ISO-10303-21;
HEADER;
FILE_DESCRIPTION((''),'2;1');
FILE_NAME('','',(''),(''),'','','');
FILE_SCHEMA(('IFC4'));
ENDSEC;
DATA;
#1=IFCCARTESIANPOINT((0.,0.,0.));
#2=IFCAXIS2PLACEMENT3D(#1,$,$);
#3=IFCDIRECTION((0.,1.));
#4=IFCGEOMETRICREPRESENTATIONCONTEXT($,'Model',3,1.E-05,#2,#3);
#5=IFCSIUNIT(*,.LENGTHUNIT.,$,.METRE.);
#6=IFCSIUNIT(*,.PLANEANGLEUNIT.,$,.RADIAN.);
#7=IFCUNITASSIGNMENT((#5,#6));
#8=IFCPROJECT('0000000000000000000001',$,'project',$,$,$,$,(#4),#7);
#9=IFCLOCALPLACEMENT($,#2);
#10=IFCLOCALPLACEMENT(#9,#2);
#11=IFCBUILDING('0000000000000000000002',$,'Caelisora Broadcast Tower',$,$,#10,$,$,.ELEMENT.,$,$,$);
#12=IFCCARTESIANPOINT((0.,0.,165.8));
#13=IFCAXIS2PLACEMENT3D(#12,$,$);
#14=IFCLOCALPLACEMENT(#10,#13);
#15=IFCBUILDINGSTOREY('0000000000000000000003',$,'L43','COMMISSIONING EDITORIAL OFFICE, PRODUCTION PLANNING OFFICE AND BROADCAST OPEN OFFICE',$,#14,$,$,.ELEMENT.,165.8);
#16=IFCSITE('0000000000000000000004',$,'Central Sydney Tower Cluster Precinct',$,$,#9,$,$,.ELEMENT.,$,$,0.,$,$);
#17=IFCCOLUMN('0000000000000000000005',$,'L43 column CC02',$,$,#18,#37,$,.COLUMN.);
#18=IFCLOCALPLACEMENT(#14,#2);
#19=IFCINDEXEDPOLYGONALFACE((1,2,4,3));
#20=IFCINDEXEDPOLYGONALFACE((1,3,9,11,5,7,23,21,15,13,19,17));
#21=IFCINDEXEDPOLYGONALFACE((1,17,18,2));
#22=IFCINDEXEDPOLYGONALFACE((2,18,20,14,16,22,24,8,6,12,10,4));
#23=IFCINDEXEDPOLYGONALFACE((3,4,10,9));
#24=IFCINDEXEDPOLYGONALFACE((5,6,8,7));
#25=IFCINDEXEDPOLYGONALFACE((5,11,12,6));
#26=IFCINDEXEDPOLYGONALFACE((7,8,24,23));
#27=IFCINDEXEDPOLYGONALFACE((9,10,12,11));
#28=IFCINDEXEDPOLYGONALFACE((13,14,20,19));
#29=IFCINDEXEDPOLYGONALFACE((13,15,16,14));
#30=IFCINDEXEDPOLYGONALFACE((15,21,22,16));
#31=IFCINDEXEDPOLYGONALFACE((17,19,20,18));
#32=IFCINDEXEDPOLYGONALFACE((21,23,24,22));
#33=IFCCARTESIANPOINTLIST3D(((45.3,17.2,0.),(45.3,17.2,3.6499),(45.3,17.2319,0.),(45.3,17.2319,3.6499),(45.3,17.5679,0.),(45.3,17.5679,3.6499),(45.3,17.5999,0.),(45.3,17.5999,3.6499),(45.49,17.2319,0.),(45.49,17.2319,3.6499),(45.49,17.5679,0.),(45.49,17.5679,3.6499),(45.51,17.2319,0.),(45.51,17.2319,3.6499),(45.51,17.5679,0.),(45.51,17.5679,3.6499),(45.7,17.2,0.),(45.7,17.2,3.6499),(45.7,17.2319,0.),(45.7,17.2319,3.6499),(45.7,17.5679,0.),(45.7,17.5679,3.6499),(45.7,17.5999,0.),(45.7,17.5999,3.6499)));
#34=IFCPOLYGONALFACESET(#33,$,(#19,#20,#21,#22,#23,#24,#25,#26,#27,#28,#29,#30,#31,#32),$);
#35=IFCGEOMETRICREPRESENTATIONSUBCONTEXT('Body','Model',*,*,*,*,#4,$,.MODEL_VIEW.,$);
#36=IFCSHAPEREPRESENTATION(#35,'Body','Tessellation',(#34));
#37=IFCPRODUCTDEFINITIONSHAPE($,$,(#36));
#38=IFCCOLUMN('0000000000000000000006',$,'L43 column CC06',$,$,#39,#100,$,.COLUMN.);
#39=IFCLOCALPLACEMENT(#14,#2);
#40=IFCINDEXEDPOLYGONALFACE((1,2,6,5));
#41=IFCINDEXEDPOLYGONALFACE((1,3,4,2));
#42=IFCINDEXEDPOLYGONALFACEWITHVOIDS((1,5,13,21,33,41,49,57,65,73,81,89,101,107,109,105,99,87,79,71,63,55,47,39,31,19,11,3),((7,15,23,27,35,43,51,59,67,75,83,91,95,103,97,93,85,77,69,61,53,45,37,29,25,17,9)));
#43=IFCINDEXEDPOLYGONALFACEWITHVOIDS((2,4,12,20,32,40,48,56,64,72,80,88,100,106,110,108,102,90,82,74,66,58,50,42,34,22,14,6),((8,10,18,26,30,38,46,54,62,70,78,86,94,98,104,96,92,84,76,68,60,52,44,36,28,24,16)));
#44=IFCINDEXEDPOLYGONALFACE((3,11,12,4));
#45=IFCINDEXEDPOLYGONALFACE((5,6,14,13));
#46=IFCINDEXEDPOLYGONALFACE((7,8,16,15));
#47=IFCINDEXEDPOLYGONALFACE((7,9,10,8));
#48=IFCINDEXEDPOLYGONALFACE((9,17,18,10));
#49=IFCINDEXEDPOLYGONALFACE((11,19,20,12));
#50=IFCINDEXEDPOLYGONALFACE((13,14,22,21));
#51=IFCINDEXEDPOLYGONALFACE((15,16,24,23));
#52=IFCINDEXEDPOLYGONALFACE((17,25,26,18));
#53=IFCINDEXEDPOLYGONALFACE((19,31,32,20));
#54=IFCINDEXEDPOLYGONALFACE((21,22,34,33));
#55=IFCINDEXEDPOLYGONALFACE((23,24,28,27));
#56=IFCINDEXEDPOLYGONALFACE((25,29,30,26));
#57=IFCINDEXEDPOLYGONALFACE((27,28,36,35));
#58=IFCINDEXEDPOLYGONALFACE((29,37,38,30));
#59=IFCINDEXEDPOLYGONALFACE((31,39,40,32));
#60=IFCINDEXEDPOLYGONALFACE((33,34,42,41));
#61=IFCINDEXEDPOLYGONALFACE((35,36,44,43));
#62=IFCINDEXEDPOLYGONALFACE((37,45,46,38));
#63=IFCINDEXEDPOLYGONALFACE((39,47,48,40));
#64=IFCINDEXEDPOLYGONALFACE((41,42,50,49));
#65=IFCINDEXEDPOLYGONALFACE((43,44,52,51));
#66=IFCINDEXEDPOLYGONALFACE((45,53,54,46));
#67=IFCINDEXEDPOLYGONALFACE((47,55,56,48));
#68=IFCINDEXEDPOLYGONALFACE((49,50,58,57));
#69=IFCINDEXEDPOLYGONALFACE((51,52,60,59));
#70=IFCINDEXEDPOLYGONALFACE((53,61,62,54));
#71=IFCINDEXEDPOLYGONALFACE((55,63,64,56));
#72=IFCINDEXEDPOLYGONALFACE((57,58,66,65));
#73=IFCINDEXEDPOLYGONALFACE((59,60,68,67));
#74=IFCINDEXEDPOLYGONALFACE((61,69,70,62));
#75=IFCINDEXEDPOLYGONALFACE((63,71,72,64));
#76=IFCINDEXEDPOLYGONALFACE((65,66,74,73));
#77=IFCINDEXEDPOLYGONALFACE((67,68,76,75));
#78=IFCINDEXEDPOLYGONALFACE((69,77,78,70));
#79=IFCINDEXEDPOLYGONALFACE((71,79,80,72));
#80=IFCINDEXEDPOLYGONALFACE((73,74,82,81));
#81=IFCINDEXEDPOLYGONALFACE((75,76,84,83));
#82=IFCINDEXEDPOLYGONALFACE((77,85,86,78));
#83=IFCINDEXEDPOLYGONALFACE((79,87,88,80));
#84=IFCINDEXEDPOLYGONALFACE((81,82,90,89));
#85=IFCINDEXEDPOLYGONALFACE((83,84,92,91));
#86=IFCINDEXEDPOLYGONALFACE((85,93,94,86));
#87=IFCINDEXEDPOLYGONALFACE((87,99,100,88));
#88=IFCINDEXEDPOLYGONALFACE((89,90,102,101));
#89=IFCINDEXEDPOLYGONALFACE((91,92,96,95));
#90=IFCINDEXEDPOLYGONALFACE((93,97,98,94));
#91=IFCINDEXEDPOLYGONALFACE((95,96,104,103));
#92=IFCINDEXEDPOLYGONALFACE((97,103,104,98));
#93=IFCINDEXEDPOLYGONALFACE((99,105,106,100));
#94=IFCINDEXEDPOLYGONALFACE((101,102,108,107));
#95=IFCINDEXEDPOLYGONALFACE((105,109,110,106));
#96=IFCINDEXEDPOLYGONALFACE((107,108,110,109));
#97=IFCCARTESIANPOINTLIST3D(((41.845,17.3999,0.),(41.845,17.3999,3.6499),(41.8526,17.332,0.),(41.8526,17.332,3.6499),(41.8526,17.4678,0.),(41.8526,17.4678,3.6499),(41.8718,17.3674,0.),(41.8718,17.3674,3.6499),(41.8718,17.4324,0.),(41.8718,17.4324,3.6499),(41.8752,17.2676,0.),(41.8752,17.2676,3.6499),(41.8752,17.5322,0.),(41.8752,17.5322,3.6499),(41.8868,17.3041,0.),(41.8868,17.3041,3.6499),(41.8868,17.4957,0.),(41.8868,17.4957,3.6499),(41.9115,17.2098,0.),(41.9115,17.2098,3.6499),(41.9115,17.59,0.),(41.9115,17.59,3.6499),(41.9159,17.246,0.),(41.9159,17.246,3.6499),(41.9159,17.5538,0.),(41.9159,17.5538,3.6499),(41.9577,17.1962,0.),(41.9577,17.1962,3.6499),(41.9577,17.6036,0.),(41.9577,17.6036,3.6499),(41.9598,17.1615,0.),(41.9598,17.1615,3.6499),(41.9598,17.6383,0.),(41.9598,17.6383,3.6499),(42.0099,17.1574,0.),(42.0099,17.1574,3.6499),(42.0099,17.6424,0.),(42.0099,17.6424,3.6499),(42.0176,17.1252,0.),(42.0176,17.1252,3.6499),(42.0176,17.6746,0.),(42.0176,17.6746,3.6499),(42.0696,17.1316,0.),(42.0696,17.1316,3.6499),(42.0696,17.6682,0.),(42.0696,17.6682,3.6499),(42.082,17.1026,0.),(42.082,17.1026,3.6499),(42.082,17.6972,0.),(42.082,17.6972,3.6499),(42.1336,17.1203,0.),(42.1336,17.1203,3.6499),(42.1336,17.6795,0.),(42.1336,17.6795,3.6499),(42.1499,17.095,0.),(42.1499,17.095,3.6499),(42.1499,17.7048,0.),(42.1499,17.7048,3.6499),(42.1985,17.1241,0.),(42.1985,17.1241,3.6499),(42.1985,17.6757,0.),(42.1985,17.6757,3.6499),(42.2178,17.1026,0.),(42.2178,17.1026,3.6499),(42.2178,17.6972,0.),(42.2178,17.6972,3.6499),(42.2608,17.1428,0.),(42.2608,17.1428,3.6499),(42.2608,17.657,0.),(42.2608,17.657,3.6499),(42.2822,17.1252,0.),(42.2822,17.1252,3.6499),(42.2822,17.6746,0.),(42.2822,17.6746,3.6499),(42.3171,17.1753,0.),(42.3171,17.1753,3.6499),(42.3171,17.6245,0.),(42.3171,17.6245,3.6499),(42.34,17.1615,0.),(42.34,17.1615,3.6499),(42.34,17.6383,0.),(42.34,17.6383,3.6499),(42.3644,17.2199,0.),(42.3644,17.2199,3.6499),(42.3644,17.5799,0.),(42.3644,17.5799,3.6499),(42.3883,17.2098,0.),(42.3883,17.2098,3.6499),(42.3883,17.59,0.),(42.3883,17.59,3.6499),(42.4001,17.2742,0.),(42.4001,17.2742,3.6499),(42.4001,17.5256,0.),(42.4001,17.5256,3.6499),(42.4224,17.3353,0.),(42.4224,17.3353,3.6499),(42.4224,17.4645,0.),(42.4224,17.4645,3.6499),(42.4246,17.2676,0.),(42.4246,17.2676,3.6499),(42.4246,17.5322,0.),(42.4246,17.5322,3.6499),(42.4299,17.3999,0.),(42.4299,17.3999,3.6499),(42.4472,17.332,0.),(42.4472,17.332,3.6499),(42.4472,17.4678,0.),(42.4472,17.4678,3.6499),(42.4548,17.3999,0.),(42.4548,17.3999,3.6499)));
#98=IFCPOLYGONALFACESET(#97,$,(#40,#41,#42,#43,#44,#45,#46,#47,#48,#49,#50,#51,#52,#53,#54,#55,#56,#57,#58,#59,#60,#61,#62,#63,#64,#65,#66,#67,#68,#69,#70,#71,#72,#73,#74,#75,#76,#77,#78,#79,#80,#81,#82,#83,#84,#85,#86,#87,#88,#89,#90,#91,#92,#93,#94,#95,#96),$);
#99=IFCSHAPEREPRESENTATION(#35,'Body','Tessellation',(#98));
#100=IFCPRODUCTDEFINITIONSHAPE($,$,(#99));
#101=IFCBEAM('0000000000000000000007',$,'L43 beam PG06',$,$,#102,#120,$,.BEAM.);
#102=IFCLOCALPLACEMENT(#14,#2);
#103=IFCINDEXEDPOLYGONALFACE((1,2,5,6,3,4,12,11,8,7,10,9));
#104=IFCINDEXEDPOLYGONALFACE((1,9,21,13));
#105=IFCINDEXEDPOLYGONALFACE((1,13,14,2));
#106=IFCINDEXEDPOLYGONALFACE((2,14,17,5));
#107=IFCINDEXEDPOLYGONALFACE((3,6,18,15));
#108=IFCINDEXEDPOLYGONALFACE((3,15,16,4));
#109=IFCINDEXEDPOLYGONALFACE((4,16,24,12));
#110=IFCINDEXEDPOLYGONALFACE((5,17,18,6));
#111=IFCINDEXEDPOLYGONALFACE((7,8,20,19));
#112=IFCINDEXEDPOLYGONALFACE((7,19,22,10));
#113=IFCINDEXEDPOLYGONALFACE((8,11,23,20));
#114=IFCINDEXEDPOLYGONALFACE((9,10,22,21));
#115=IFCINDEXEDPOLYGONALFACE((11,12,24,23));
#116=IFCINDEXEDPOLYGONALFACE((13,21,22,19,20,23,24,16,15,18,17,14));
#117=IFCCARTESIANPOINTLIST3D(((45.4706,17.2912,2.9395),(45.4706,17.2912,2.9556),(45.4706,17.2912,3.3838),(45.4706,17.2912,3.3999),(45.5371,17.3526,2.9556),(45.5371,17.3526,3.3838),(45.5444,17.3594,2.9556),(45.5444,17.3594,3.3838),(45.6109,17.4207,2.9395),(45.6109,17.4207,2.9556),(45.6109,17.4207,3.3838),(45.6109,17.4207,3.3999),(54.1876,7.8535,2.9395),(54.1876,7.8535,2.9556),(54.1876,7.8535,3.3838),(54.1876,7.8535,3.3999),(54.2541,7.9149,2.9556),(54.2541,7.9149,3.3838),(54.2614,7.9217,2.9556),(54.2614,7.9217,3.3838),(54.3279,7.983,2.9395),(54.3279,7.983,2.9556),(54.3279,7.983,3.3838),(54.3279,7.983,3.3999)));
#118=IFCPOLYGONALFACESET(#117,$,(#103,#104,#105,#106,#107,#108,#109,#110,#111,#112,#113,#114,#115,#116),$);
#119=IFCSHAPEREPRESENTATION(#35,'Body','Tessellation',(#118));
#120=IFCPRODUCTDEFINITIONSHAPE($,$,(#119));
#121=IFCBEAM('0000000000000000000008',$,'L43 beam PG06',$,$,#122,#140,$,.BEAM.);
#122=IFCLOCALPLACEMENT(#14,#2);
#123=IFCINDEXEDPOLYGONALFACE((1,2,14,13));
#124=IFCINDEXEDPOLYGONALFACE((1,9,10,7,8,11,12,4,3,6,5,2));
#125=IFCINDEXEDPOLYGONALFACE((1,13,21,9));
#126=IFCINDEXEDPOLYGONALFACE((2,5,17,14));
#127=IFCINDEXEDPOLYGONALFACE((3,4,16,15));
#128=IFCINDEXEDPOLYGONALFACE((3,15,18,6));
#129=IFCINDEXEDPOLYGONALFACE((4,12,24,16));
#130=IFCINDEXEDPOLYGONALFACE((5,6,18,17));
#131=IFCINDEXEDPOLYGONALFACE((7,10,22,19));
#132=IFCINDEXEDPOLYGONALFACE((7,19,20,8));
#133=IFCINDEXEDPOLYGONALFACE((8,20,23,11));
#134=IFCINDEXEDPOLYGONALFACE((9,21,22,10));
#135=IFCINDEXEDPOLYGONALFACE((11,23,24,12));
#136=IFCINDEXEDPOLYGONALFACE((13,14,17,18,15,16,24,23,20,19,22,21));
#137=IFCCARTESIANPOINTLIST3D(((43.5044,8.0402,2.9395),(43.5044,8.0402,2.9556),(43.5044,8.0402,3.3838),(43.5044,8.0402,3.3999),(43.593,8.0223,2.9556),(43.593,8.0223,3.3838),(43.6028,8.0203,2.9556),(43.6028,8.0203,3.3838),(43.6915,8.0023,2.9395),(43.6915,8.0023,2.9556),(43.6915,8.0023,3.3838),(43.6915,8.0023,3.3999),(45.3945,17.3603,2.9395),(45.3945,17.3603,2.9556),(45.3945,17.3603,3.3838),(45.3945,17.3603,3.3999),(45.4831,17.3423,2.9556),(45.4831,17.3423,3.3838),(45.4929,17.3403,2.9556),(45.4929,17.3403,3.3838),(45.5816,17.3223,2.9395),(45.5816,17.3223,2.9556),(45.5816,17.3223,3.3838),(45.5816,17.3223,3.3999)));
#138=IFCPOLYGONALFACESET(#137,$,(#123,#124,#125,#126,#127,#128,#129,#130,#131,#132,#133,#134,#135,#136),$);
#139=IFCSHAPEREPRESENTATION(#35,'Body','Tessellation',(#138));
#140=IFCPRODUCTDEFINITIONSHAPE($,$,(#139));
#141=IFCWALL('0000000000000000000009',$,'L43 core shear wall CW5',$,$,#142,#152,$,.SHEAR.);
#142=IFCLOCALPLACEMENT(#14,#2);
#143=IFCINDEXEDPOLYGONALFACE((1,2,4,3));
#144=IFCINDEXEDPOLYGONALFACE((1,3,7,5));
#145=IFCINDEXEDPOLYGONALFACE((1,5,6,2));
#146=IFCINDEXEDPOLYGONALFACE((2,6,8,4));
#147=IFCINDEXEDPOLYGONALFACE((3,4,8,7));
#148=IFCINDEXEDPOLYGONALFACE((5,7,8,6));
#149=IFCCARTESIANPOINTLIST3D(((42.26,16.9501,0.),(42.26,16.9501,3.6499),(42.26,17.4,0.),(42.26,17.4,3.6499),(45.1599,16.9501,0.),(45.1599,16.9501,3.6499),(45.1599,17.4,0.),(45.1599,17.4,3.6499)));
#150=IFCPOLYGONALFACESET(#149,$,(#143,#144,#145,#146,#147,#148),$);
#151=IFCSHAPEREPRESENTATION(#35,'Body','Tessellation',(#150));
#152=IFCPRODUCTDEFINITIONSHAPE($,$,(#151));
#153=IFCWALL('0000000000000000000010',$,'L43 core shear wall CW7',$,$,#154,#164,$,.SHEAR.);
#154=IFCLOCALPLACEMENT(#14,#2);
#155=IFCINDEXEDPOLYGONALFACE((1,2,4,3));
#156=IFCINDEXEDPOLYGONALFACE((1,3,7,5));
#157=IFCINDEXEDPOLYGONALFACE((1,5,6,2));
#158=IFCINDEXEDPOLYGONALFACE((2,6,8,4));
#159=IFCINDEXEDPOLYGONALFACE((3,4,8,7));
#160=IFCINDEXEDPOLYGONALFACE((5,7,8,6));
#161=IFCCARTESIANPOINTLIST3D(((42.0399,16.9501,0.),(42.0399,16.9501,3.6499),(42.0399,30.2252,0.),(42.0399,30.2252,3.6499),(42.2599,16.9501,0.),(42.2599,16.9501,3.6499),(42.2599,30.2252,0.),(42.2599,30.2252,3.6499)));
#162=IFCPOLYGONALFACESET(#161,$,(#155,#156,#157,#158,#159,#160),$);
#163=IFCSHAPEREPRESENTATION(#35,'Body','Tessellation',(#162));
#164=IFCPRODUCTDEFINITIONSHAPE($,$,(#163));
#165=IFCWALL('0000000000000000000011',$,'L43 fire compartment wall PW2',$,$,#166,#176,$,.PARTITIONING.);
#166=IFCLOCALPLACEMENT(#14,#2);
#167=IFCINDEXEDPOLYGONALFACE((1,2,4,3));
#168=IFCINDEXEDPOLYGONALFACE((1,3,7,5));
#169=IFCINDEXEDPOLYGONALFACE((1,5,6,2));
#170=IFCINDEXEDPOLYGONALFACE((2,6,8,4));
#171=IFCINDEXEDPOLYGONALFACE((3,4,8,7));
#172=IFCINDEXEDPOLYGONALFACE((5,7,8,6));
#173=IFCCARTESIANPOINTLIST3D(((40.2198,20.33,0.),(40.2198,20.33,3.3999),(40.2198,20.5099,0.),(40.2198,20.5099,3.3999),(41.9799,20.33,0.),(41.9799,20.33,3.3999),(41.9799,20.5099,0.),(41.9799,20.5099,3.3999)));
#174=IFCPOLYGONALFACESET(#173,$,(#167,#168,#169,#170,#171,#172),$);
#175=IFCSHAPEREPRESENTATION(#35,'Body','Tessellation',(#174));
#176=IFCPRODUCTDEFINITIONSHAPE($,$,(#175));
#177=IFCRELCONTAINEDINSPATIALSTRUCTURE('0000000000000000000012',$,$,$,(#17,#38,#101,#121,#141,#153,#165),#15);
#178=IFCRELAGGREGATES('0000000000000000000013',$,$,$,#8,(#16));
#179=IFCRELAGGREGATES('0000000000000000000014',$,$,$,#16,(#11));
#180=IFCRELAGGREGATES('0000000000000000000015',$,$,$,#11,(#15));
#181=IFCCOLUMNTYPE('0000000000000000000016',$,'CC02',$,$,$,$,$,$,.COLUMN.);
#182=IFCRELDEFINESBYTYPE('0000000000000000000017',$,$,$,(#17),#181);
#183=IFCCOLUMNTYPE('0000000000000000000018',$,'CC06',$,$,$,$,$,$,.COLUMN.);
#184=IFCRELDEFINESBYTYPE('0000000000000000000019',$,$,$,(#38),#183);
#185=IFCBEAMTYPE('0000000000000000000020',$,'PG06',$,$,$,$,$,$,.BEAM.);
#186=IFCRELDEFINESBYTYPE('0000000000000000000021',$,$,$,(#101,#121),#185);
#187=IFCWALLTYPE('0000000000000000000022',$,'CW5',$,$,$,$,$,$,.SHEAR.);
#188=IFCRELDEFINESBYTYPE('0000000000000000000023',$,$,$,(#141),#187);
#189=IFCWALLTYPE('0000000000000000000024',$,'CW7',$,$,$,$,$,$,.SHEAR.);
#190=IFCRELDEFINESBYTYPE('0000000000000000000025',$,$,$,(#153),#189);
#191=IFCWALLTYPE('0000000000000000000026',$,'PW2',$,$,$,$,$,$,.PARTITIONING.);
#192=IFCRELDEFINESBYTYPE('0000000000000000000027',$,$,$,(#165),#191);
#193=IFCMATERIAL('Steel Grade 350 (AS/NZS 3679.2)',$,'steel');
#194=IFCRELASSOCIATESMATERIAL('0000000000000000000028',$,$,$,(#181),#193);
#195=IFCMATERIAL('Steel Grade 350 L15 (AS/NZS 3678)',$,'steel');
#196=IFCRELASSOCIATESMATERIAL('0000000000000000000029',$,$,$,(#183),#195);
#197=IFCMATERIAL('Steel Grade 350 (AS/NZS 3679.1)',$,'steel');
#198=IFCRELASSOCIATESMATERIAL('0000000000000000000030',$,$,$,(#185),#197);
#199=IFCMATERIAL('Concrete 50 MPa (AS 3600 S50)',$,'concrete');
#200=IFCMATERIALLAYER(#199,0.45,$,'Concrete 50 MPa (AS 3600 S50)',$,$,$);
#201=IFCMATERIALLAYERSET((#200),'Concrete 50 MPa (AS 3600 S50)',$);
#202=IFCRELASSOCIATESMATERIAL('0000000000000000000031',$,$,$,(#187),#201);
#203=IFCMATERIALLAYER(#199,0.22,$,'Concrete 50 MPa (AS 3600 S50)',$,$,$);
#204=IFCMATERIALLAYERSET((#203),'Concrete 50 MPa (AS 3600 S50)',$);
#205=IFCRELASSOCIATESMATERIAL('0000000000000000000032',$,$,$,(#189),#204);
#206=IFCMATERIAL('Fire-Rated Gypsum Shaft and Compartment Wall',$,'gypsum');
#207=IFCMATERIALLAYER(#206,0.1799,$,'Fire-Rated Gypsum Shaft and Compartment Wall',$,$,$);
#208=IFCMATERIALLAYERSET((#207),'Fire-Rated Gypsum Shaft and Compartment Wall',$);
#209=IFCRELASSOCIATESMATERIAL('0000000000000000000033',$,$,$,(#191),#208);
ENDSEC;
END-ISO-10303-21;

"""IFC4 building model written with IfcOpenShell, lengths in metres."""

from ifc_helpers import new_model, si_unit, direction, frame, frame_2d, origin, origin_2d, place, context, subcontext, project, spatial, rectangle, hollow_circle, i_section, extrude, source, transform, mapped, material, layer, layer_set, material_profile, profile_set, type_object, type_shapes, element, save


model = new_model("IFC4")

# Units and contexts
model_context = context("Model", 3, precision=1e-05, world=origin(), true_north=direction((0.0, 1.0)))
body_context = subcontext(model_context, "Body", "Model", "MODEL_VIEW")
ifc_project = project(units=[si_unit("LENGTHUNIT", "METRE"), si_unit("PLANEANGLEUNIT", "RADIAN")], contexts=[model_context])

# Site, building, storey
site_placement = place(None, origin())
site = spatial("IfcSite", under=ifc_project, at=site_placement, Name="Central Sydney Tower Cluster Precinct", CompositionType="ELEMENT", RefElevation=0.0)
building_placement = place(site_placement, origin())
building = spatial("IfcBuilding", under=site, at=building_placement, Name="Caelisora Broadcast Tower", CompositionType="ELEMENT")
storey_placement = place(building_placement, frame((0.0, 0.0, 165.8)))
storey = spatial("IfcBuildingStorey", under=building, at=storey_placement, Name="L43", Description="COMMISSIONING EDITORIAL OFFICE, PRODUCTION PLANNING OFFICE AND BROADCAST OPEN OFFICE", CompositionType="ELEMENT", Elevation=165.8)

# Columns
ifc_material_1 = material(Name="Steel Grade 350 (AS/NZS 3679.2)", Category="steel")
ifc_material_profile_1 = material_profile(ifc_material_1, i_section(OverallWidth=0.3999, OverallDepth=0.3999, WebThickness=0.02, FlangeThickness=0.032, at=origin_2d()), Name="Steel Grade 350 (AS/NZS 3679.2)")
ifc_profile_set_1 = profile_set([ifc_material_profile_1], Name="Steel Grade 350 (AS/NZS 3679.2)")
column_type_1 = type_object("IfcColumnType", Name="CC02", PredefinedType="COLUMN", material=ifc_profile_set_1)
shared_shape_1 = source(origin(), body_context, "Body", "SweptSolid", [
    extrude(i_section(OverallWidth=0.3999, OverallDepth=0.3999, WebThickness=0.02, FlangeThickness=0.032, at=origin_2d()), origin(), (0.0, 0.0, 1.0), 3.6499),
])
type_shapes(column_type_1, [shared_shape_1])
column_1_placement = place(storey_placement, frame((45.5, 17.3999, 0.0), z_axis=(0.0, 0.0, 1.0), x_axis=(1.0, 0.0, 0.0)))
element("IfcColumn", 1, at=column_1_placement, inside=storey, type_object=column_type_1, Name="L43 column CC02", PredefinedType="COLUMN", context=body_context, shape_type="MappedRepresentation", body=[
    mapped(shared_shape_1, transform((0.0, 0.0, 0.0), scale=1.0)),
])
ifc_material_2 = material(Name="Steel Grade 350 L15 (AS/NZS 3678)", Category="steel")
ifc_material_profile_2 = material_profile(ifc_material_2, hollow_circle(Radius=0.3049, WallThickness=0.0249, at=origin_2d()), Name="Steel Grade 350 L15 (AS/NZS 3678)")
ifc_profile_set_2 = profile_set([ifc_material_profile_2], Name="Steel Grade 350 L15 (AS/NZS 3678)")
column_type_2 = type_object("IfcColumnType", Name="CC06", PredefinedType="COLUMN", material=ifc_profile_set_2)
shared_shape_2 = source(origin(), body_context, "Body", "SweptSolid", [
    extrude(hollow_circle(Radius=0.3049, WallThickness=0.0249, at=origin_2d()), origin(), (0.0, 0.0, 1.0), 3.6499),
])
type_shapes(column_type_2, [shared_shape_2])
column_2_placement = place(storey_placement, frame((42.1499, 17.3999, 0.0), z_axis=(0.0, 0.0, 1.0), x_axis=(1.0, 0.0, 0.0)))
element("IfcColumn", 2, at=column_2_placement, inside=storey, type_object=column_type_2, Name="L43 column CC06", PredefinedType="COLUMN", context=body_context, shape_type="MappedRepresentation", body=[
    mapped(shared_shape_2, transform((0.0, 0.0, 0.0), scale=1.0)),
])

# Beams
ifc_material_3 = material(Name="Steel Grade 350 (AS/NZS 3679.1)", Category="steel")
ifc_material_profile_3 = material_profile(ifc_material_3, i_section(OverallWidth=0.1909, OverallDepth=0.4604, WebThickness=0.01, FlangeThickness=0.0161, at=origin_2d()), Name="Steel Grade 350 (AS/NZS 3679.1)")
ifc_profile_set_3 = profile_set([ifc_material_profile_3], Name="Steel Grade 350 (AS/NZS 3679.1)")
beam_type = type_object("IfcBeamType", Name="PG06", PredefinedType="BEAM", material=ifc_profile_set_3)
shared_shape_3 = source(origin(), body_context, "Body", "SweptSolid", [
    extrude(i_section(OverallWidth=0.1909, OverallDepth=0.4604, WebThickness=0.01, FlangeThickness=0.0161, at=origin_2d()), origin(), (0.0, 0.0, 1.0), 12.8474),
])
beam_1_placement = place(storey_placement, frame((45.5408, 17.356, 3.1697), z_axis=(0.678502, -0.734599, 0.0), x_axis=(0.734599, 0.678502, 0.0)))
element("IfcBeam", 3, at=beam_1_placement, inside=storey, type_object=beam_type, Name="L43 beam PG06", PredefinedType="BEAM", context=body_context, shape_type="MappedRepresentation", body=[
    mapped(shared_shape_3, transform((0.0, 0.0, 0.0), scale=1.0)),
])
shared_shape_4 = source(origin(), body_context, "Body", "SweptSolid", [
    extrude(i_section(OverallWidth=0.1909, OverallDepth=0.4604, WebThickness=0.01, FlangeThickness=0.0161, at=origin_2d()), origin(), (0.0, 0.0, 1.0), 9.5098),
])
type_shapes(beam_type, [shared_shape_3, shared_shape_4])
beam_2_placement = place(storey_placement, frame((45.488, 17.3413, 3.1697), z_axis=(-0.198757, -0.980049, 0.0), x_axis=(0.980049, -0.198757, 0.0)))
element("IfcBeam", 4, at=beam_2_placement, inside=storey, type_object=beam_type, Name="L43 beam PG06", PredefinedType="BEAM", context=body_context, shape_type="MappedRepresentation", body=[
    mapped(shared_shape_4, transform((0.0, 0.0, 0.0), scale=1.0)),
])

# Shared definitions
ifc_material_4 = material(Name="Concrete 50 MPa (AS 3600 S50)", Category="concrete")

# Walls
ifc_layer_1 = layer(ifc_material_4, 0.45, Name="Concrete 50 MPa (AS 3600 S50)")
ifc_layer_set_1 = layer_set([ifc_layer_1], Name="Concrete 50 MPa (AS 3600 S50)")
wall_type_1 = type_object("IfcWallType", Name="CW5", PredefinedType="SHEAR", material=ifc_layer_set_1)
wall_1_placement = place(storey_placement, frame((42.26, 17.175, 0.0), z_axis=(0.0, 0.0, 1.0), x_axis=(1.0, 0.0, 0.0)))
element("IfcWall", 5, at=wall_1_placement, inside=storey, type_object=wall_type_1, Name="L43 core shear wall CW5", PredefinedType="SHEAR", context=body_context, shape_type="SweptSolid", body=[
    extrude(rectangle(XDim=2.8999, YDim=0.45, at=frame_2d((1.45, 0.0))), origin(), (0.0, 0.0, 1.0), 3.6499),
])
ifc_layer_2 = layer(ifc_material_4, 0.22, Name="Concrete 50 MPa (AS 3600 S50)")
ifc_layer_set_2 = layer_set([ifc_layer_2], Name="Concrete 50 MPa (AS 3600 S50)")
wall_type_2 = type_object("IfcWallType", Name="CW7", PredefinedType="SHEAR", material=ifc_layer_set_2)
wall_2_placement = place(storey_placement, frame((42.1499, 16.95, 0.0), z_axis=(0.0, 0.0, 1.0), x_axis=(0.0, 1.0, 0.0)))
element("IfcWall", 6, at=wall_2_placement, inside=storey, type_object=wall_type_2, Name="L43 core shear wall CW7", PredefinedType="SHEAR", context=body_context, shape_type="SweptSolid", body=[
    extrude(rectangle(XDim=13.2751, YDim=0.22, at=frame_2d((6.6377, 0.0))), origin(), (0.0, 0.0, 1.0), 3.6499),
])
ifc_material_5 = material(Name="Fire-Rated Gypsum Shaft and Compartment Wall", Category="gypsum")
ifc_layer_3 = layer(ifc_material_5, 0.1799, Name="Fire-Rated Gypsum Shaft and Compartment Wall")
ifc_layer_set_3 = layer_set([ifc_layer_3], Name="Fire-Rated Gypsum Shaft and Compartment Wall")
wall_type_3 = type_object("IfcWallType", Name="PW2", PredefinedType="PARTITIONING", material=ifc_layer_set_3)
wall_3_placement = place(storey_placement, frame((40.22, 20.4199, 0.0), z_axis=(0.0, 0.0, 1.0), x_axis=(1.0, 0.0, 0.0)))
element("IfcWall", 7, at=wall_3_placement, inside=storey, type_object=wall_type_3, Name="L43 fire compartment wall PW2", PredefinedType="PARTITIONING", context=body_context, shape_type="SweptSolid", body=[
    extrude(rectangle(XDim=1.76, YDim=0.1799, at=frame_2d((0.8799, 0.0))), origin(), (0.0, 0.0, 1.0), 3.3999),
])

save(model, "model.ifc")
